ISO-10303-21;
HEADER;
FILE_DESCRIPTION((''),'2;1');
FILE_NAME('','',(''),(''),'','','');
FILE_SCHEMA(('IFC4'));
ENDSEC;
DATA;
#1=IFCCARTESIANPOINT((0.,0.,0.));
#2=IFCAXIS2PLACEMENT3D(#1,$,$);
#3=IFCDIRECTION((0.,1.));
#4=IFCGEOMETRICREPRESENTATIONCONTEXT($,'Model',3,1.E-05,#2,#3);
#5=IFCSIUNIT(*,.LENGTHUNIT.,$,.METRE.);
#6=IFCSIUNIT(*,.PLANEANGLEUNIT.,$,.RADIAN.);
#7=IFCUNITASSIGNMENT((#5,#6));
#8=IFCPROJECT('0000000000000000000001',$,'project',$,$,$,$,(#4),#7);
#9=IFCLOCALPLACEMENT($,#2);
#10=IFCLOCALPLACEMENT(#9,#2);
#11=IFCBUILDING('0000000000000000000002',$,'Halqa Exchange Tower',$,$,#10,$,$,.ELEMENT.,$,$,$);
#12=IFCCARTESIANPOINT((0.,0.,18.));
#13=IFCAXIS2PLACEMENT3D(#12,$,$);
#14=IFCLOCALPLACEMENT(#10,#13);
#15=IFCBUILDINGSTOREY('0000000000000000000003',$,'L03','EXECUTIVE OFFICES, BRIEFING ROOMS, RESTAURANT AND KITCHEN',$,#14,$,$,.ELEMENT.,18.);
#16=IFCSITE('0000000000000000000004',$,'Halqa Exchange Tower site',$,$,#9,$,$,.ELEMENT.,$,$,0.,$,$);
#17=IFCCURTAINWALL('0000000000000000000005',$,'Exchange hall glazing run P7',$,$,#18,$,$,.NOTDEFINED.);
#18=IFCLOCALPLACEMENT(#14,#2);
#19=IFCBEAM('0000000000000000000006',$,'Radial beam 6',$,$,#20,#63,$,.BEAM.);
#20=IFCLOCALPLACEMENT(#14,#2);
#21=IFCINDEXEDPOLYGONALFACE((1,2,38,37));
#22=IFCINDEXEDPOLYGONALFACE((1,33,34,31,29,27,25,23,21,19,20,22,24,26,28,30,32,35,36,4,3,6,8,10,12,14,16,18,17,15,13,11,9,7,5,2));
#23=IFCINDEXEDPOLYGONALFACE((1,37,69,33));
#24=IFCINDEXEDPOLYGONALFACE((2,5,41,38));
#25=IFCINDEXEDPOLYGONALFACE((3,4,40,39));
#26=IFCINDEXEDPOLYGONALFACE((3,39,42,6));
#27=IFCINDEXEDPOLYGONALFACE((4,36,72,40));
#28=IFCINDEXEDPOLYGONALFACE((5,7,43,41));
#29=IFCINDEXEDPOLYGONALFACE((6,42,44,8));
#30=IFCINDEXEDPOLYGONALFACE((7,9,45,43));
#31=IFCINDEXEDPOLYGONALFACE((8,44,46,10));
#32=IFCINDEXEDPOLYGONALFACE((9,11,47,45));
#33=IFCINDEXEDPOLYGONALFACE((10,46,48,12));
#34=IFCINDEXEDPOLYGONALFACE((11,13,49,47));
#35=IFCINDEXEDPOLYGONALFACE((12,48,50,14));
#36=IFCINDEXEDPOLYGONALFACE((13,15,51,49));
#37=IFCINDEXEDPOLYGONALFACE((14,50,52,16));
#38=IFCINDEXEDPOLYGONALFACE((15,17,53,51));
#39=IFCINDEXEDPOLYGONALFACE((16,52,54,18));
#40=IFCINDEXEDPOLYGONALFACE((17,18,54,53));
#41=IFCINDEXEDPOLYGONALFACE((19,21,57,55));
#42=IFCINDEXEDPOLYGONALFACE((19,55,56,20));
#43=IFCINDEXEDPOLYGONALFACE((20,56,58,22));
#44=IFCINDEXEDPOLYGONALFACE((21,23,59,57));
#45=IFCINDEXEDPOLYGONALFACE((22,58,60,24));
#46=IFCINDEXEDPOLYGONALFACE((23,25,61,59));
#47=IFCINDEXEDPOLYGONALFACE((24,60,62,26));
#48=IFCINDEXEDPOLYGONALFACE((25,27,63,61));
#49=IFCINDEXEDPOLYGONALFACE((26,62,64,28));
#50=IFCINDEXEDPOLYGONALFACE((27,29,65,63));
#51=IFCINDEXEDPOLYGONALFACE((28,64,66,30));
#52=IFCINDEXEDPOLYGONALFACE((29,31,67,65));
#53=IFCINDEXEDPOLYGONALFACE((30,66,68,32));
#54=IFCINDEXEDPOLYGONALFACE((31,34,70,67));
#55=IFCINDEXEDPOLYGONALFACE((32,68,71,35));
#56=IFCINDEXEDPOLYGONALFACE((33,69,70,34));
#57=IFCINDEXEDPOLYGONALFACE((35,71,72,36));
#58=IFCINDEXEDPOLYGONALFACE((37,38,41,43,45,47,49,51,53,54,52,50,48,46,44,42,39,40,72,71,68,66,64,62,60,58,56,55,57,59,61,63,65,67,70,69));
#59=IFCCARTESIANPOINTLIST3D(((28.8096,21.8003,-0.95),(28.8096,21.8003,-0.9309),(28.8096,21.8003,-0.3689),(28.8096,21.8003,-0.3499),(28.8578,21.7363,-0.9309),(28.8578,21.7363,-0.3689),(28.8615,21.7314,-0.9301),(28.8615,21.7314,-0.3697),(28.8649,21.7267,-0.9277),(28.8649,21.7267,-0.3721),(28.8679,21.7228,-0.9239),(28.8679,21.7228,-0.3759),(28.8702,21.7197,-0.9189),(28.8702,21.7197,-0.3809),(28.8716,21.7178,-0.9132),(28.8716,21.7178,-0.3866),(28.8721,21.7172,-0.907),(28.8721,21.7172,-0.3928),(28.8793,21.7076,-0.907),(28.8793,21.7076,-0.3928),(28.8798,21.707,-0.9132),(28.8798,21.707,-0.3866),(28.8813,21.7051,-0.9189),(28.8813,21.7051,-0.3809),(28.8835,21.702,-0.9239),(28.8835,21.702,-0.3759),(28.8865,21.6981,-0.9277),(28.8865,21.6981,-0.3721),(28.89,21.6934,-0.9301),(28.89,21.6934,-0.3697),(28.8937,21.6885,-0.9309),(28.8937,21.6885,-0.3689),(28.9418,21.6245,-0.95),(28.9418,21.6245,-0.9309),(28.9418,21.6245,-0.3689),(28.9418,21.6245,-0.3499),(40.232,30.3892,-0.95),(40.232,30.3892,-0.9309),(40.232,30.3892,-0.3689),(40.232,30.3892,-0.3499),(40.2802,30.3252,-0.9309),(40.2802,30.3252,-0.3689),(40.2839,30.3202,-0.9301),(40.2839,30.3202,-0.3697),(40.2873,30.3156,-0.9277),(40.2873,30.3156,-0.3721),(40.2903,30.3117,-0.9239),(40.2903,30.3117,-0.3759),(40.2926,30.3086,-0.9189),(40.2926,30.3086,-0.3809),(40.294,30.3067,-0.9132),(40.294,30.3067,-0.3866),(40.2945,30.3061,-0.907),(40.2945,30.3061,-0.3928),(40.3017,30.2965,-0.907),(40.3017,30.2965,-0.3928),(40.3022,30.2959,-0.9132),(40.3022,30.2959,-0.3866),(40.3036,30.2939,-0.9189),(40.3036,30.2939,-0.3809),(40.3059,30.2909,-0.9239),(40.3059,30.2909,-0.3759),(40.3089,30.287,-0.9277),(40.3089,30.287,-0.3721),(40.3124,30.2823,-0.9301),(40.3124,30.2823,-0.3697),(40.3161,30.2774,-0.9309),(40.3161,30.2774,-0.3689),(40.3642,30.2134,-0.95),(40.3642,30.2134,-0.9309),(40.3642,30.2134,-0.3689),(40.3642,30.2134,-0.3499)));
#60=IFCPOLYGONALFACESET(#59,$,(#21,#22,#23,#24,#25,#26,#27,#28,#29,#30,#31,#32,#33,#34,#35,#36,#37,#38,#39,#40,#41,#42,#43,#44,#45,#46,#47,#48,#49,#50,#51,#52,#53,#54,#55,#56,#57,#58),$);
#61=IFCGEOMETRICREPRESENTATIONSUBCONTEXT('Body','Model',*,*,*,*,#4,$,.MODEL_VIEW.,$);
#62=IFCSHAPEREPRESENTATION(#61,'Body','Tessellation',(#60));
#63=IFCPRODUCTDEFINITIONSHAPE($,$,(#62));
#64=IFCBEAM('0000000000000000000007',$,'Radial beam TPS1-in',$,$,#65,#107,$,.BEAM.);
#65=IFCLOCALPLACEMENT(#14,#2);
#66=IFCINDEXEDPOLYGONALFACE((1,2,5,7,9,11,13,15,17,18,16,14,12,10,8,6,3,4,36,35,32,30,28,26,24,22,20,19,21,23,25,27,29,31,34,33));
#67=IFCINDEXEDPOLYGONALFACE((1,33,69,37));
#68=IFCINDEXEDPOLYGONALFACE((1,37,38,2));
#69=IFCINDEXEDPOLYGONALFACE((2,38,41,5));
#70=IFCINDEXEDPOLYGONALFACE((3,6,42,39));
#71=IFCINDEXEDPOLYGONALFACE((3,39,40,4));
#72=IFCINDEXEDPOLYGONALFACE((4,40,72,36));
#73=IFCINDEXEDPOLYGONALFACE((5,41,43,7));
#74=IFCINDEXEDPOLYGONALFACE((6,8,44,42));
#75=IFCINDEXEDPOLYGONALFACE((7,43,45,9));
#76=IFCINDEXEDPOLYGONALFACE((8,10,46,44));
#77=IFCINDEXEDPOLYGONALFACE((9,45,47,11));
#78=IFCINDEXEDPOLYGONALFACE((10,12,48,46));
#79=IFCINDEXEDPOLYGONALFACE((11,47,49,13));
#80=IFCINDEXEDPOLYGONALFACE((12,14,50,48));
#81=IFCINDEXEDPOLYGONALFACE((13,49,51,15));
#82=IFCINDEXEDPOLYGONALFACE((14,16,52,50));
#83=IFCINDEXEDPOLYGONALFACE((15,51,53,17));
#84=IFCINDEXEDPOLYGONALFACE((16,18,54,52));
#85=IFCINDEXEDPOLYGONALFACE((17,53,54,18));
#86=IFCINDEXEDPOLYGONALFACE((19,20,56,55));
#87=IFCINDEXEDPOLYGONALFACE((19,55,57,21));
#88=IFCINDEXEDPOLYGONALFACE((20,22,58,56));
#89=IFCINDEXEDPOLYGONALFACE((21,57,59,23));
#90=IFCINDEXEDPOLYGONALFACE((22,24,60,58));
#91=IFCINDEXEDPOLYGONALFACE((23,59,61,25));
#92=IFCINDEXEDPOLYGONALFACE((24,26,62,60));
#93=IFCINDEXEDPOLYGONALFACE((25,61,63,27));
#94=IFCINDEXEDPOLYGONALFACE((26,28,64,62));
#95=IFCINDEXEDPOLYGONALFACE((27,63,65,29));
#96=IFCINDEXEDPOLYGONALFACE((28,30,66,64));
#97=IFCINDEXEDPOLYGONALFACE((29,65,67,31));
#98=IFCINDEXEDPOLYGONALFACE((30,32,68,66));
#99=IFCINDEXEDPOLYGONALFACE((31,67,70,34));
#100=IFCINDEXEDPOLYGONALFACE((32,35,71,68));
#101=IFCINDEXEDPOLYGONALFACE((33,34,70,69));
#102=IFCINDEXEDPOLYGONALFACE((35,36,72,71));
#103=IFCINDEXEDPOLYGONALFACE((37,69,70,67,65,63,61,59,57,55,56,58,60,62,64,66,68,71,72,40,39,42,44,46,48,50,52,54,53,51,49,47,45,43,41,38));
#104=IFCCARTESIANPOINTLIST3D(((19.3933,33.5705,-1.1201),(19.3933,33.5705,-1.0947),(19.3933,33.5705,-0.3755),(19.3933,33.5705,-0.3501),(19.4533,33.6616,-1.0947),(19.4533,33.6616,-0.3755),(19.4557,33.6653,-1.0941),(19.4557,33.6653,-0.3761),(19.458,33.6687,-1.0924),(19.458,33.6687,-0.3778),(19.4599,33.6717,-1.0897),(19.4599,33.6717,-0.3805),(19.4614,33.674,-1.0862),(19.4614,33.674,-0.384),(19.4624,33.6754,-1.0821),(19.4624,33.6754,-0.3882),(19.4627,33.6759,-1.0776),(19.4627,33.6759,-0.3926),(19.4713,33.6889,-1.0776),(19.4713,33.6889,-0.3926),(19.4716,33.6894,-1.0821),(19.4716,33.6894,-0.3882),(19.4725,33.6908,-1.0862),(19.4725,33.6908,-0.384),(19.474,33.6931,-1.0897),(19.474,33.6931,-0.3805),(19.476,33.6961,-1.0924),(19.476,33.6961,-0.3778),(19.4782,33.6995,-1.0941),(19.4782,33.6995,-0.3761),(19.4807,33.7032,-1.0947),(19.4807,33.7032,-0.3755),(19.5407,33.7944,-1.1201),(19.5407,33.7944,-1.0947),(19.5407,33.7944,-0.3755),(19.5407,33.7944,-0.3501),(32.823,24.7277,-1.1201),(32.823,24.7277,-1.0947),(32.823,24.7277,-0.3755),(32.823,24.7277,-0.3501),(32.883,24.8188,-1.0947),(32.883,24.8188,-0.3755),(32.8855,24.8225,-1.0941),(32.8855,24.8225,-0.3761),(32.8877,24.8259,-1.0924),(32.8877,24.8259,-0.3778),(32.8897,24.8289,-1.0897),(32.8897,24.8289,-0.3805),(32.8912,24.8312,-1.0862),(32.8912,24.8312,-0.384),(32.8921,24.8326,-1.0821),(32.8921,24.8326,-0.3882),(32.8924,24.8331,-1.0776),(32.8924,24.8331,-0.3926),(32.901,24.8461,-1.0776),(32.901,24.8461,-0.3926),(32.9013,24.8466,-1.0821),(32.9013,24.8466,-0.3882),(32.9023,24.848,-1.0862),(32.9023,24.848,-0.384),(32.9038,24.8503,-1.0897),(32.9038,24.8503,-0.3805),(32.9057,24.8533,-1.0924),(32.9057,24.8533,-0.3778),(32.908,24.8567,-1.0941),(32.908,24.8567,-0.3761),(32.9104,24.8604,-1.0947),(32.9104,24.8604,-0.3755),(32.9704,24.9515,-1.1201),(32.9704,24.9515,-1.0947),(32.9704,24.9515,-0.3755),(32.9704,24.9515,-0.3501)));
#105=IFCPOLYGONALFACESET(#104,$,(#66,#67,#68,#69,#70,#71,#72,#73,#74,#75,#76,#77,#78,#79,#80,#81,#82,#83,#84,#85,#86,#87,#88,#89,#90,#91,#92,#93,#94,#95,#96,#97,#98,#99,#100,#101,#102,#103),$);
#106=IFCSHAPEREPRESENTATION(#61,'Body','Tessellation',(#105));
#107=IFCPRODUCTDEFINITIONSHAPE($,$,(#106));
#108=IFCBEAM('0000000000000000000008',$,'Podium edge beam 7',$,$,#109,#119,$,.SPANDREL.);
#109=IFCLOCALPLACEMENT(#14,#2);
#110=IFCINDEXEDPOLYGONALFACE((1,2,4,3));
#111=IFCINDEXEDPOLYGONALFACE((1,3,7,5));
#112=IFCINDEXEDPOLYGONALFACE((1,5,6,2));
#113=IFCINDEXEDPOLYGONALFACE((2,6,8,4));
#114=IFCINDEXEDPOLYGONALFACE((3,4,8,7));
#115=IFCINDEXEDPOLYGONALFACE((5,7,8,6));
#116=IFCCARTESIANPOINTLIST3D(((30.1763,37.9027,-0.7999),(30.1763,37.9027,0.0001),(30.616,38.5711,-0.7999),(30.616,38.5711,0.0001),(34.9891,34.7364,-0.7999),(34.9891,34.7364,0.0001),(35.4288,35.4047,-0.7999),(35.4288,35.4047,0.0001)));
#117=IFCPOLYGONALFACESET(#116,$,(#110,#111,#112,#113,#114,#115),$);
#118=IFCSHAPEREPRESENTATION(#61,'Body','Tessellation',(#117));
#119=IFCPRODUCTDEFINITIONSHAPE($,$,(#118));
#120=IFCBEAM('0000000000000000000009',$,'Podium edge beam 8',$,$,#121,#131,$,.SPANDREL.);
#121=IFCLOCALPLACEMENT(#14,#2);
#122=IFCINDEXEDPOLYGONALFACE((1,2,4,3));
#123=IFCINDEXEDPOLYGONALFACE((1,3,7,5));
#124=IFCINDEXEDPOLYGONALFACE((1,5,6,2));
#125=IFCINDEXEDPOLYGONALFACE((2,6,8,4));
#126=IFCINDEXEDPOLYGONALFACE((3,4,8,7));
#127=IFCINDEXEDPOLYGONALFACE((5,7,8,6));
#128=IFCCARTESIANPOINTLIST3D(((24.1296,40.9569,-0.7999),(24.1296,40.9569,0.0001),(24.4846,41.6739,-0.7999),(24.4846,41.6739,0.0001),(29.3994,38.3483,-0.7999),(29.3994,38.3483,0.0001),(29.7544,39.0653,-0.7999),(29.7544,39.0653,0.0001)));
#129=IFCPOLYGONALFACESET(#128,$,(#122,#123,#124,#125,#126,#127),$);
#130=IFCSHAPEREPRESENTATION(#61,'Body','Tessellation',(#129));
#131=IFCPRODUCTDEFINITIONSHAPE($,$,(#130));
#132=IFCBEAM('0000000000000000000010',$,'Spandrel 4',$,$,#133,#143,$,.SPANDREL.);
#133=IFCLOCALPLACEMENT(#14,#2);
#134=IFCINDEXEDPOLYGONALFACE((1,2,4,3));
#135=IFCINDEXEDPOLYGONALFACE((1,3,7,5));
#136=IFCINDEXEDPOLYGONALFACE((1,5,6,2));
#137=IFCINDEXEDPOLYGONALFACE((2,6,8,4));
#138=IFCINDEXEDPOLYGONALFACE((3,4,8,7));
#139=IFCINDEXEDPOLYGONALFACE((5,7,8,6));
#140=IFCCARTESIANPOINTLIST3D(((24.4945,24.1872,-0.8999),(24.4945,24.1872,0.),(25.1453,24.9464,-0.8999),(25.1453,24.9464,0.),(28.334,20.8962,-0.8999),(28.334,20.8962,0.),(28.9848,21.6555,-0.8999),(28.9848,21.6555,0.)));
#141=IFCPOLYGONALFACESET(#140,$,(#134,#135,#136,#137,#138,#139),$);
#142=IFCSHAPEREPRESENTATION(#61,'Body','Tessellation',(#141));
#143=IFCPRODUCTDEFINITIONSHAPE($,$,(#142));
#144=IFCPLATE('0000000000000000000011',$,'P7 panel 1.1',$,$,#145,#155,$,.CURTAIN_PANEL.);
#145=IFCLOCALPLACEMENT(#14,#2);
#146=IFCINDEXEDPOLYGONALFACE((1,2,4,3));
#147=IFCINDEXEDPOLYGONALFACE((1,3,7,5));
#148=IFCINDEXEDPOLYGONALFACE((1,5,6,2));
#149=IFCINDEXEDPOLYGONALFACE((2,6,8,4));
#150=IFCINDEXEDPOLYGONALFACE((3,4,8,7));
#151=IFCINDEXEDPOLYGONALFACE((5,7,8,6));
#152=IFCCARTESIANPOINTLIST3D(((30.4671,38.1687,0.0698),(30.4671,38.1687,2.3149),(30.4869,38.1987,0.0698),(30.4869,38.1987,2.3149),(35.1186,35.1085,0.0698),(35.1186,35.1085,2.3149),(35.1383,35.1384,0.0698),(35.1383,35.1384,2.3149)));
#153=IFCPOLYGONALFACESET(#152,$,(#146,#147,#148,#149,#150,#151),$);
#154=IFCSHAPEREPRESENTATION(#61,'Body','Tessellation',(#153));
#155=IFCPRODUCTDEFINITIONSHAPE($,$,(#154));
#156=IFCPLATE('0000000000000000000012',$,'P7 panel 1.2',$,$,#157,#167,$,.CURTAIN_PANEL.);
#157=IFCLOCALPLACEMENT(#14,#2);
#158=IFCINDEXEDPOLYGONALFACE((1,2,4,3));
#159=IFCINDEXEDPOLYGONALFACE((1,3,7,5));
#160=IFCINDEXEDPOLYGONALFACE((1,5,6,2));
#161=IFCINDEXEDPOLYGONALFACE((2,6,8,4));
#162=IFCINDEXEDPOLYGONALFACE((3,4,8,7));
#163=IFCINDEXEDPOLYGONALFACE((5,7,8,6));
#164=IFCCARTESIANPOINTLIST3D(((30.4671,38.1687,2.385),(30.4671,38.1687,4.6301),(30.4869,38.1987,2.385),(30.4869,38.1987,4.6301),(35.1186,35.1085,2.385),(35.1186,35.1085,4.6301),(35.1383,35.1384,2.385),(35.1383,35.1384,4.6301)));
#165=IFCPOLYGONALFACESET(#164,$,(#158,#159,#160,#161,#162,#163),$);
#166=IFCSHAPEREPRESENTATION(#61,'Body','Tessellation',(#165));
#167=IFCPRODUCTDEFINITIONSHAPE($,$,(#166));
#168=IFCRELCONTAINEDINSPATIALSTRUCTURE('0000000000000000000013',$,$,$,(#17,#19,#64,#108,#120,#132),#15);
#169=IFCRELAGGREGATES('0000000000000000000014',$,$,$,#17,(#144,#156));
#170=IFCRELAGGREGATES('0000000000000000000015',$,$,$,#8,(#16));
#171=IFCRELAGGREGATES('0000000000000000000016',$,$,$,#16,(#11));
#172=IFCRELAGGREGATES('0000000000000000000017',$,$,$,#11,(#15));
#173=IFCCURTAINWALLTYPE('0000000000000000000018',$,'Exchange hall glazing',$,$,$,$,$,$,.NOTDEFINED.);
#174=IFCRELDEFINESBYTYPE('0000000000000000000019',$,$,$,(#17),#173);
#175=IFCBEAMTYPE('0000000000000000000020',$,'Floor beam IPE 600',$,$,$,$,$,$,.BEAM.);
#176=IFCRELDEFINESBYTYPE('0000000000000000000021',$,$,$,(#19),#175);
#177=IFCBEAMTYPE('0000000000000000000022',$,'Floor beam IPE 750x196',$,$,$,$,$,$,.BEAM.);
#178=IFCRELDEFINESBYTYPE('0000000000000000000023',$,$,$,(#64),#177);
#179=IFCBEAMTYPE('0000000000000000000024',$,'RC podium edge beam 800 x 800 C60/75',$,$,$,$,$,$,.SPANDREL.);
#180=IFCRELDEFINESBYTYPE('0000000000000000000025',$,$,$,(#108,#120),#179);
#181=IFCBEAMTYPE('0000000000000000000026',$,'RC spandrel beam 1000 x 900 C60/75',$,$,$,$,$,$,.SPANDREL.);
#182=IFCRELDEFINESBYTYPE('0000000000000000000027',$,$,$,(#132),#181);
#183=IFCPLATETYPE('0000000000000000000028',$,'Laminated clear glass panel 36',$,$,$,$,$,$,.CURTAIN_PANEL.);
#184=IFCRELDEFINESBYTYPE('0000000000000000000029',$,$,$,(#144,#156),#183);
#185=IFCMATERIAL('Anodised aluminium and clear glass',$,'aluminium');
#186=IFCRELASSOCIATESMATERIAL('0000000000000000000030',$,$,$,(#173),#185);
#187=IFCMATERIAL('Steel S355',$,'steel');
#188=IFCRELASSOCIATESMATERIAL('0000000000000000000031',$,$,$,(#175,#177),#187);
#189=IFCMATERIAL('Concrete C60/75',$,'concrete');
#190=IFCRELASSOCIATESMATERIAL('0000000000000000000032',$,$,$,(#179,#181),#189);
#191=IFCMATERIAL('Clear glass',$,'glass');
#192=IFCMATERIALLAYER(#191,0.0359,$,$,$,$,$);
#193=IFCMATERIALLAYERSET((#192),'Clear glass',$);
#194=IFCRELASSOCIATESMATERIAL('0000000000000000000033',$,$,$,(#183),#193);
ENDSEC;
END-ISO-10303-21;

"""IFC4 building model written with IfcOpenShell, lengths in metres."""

from ifc_helpers import new_model, si_unit, direction, frame, origin, origin_2d, place, context, subcontext, project, spatial, rectangle, i_section, extrude, material, layer, layer_set, material_profile, profile_set, type_object, element, aggregate, save


model = new_model("IFC4")

# Units and contexts
model_context = context("Model", 3, precision=1e-05, world=origin(), true_north=direction((0.0, 1.0)))
body_context = subcontext(model_context, "Body", "Model", "MODEL_VIEW")
ifc_project = project(units=[si_unit("LENGTHUNIT", "METRE"), si_unit("PLANEANGLEUNIT", "RADIAN")], contexts=[model_context])

# Site, building, storey
site_placement = place(None, origin())
site = spatial("IfcSite", under=ifc_project, at=site_placement, Name="Halqa Exchange Tower site", CompositionType="ELEMENT", RefElevation=0.0)
building_placement = place(site_placement, origin())
building = spatial("IfcBuilding", under=site, at=building_placement, Name="Halqa Exchange Tower", CompositionType="ELEMENT")
storey_placement = place(building_placement, frame((0.0, 0.0, 18.0)))
storey = spatial("IfcBuildingStorey", under=building, at=storey_placement, Name="L03", Description="EXECUTIVE OFFICES, BRIEFING ROOMS, RESTAURANT AND KITCHEN", CompositionType="ELEMENT", Elevation=18.0)

# Shared definitions
ifc_material_1 = material(Name="Concrete C60/75", Category="concrete")

# Shared definitions
ifc_material_2 = material(Name="Anodised aluminium and clear glass", Category="aluminium")
curtain_wall_type = type_object("IfcCurtainWallType", Name="Exchange hall glazing", PredefinedType="NOTDEFINED", material=ifc_material_2)

# Curtain wall
curtain_wall_1_placement = place(storey_placement, origin())
curtain_wall_1 = element("IfcCurtainWall", 1, at=curtain_wall_1_placement, inside=storey, type_object=curtain_wall_type, Name="Exchange hall glazing run P7", PredefinedType="NOTDEFINED")

# Beams
ifc_material_3 = material(Name="Steel S355", Category="steel")
ifc_material_profile_1 = material_profile(ifc_material_3, i_section(OverallWidth=0.22, OverallDepth=0.6001, WebThickness=0.012, FlangeThickness=0.019, FilletRadius=0.0239, at=origin_2d()), Name="IPE 600")
ifc_profile_set_1 = profile_set([ifc_material_profile_1], Name="Steel S355")
beam_type_1 = type_object("IfcBeamType", Name="Floor beam IPE 600", PredefinedType="BEAM", material=ifc_profile_set_1)
beam_1_placement = place(storey_placement, frame((28.8757, 21.7124, -0.6499), z_axis=(0.799257, 0.600989, 0.0), x_axis=(-0.600989, 0.799257, 0.0)))
element("IfcBeam", 2, at=beam_1_placement, inside=storey, type_object=beam_type_1, Name="Radial beam 6", PredefinedType="BEAM", context=body_context, shape_type="SweptSolid", body=[
    extrude(i_section(OverallWidth=0.22, OverallDepth=0.6001, WebThickness=0.012, FlangeThickness=0.019, FilletRadius=0.0239, at=origin_2d()), origin(), (0.0, 0.0, 1.0), 14.2913),
])
ifc_material_profile_2 = material_profile(ifc_material_3, i_section(OverallWidth=0.2681, OverallDepth=0.77, WebThickness=0.0156, FlangeThickness=0.0254, FilletRadius=0.0171, at=origin_2d()), Name="IPE 750x196")
ifc_profile_set_2 = profile_set([ifc_material_profile_2], Name="Steel S355")
beam_type_2 = type_object("IfcBeamType", Name="Floor beam IPE 750x196", PredefinedType="BEAM", material=ifc_profile_set_2)
beam_2_placement = place(storey_placement, frame((32.8967, 24.8396, -0.7351), z_axis=(-0.835204, 0.54994, 0.0), x_axis=(-0.54994, -0.835204, 0.0)))
element("IfcBeam", 3, at=beam_2_placement, inside=storey, type_object=beam_type_2, Name="Radial beam TPS1-in", PredefinedType="BEAM", context=body_context, shape_type="SweptSolid", body=[
    extrude(i_section(OverallWidth=0.2681, OverallDepth=0.77, WebThickness=0.0156, FlangeThickness=0.0254, FilletRadius=0.0171, at=origin_2d()), origin(), (0.0, 0.0, 1.0), 16.0796),
])
ifc_material_profile_3 = material_profile(ifc_material_1, rectangle(XDim=0.8, YDim=0.8, at=origin_2d()), Name="800 x 800")
ifc_profile_set_3 = profile_set([ifc_material_profile_3], Name="Concrete C60/75")
beam_type_3 = type_object("IfcBeamType", Name="RC podium edge beam 800 x 800 C60/75", PredefinedType="SPANDREL", material=ifc_profile_set_3)
beam_3_placement = place(storey_placement, frame((35.209, 35.0706, -0.3999), z_axis=(-0.835419, 0.549614, 0.0), x_axis=(-0.549614, -0.835419, 0.0)))
element("IfcBeam", 4, at=beam_3_placement, inside=storey, type_object=beam_type_3, Name="Podium edge beam 7", PredefinedType="SPANDREL", context=body_context, shape_type="SweptSolid", body=[
    extrude(rectangle(XDim=0.8, YDim=0.8, at=origin_2d()), origin(), (0.0, 0.0, 1.0), 5.761),
])
beam_4_placement = place(storey_placement, frame((29.5769, 38.7068, -0.3999), z_axis=(-0.896205, 0.443639, 0.0), x_axis=(-0.443639, -0.896205, 0.0)))
element("IfcBeam", 5, at=beam_4_placement, inside=storey, type_object=beam_type_3, Name="Podium edge beam 8", PredefinedType="SPANDREL", context=body_context, shape_type="SweptSolid", body=[
    extrude(rectangle(XDim=0.8, YDim=0.8, at=origin_2d()), origin(), (0.0, 0.0, 1.0), 5.8801),
])
ifc_material_profile_4 = material_profile(ifc_material_1, rectangle(XDim=1.0, YDim=0.8999, at=origin_2d()), Name="1000 x 900")
ifc_profile_set_4 = profile_set([ifc_material_profile_4], Name="Concrete C60/75")
beam_type_4 = type_object("IfcBeamType", Name="RC spandrel beam 1000 x 900 C60/75", PredefinedType="SPANDREL", material=ifc_profile_set_4)
beam_5_placement = place(storey_placement, frame((28.6594, 21.2759, -0.45), z_axis=(-0.759263, 0.650783, 0.0), x_axis=(-0.650783, -0.759263, 0.0)))
element("IfcBeam", 6, at=beam_5_placement, inside=storey, type_object=beam_type_4, Name="Spandrel 4", PredefinedType="SPANDREL", context=body_context, shape_type="SweptSolid", body=[
    extrude(rectangle(XDim=1.0, YDim=0.8999, at=origin_2d()), origin(), (0.0, 0.0, 1.0), 5.0569),
])

# Plates
ifc_material_4 = material(Name="Clear glass", Category="glass")
ifc_layer_1 = layer(ifc_material_4, 0.0359)
ifc_layer_set_1 = layer_set([ifc_layer_1], Name="Clear glass")
plate_type = type_object("IfcPlateType", Name="Laminated clear glass panel 36", PredefinedType="CURTAIN_PANEL", material=ifc_layer_set_1)
plate_1_placement = place(storey_placement, frame((32.8027, 36.6536, 0.0698), z_axis=(0.0, 0.0, 1.0), x_axis=(-0.835415, 0.54962, 0.0)))
plate_1 = element("IfcPlate", 7, at=plate_1_placement, type_object=plate_type, Name="P7 panel 1.1", PredefinedType="CURTAIN_PANEL", context=body_context, shape_type="SweptSolid", body=[
    extrude(rectangle(XDim=5.5679, YDim=0.0359, at=origin_2d()), origin(), (0.0, 0.0, 1.0), 2.2451),
])
plate_2_placement = place(storey_placement, frame((32.8027, 36.6536, 2.385), z_axis=(0.0, 0.0, 1.0), x_axis=(-0.835415, 0.54962, 0.0)))
plate_2 = element("IfcPlate", 8, at=plate_2_placement, type_object=plate_type, Name="P7 panel 1.2", PredefinedType="CURTAIN_PANEL", context=body_context, shape_type="SweptSolid", body=[
    extrude(rectangle(XDim=5.5679, YDim=0.0359, at=origin_2d()), origin(), (0.0, 0.0, 1.0), 2.2451),
])
aggregate(curtain_wall_1, [plate_1, plate_2])

save(model, "model.ifc")
